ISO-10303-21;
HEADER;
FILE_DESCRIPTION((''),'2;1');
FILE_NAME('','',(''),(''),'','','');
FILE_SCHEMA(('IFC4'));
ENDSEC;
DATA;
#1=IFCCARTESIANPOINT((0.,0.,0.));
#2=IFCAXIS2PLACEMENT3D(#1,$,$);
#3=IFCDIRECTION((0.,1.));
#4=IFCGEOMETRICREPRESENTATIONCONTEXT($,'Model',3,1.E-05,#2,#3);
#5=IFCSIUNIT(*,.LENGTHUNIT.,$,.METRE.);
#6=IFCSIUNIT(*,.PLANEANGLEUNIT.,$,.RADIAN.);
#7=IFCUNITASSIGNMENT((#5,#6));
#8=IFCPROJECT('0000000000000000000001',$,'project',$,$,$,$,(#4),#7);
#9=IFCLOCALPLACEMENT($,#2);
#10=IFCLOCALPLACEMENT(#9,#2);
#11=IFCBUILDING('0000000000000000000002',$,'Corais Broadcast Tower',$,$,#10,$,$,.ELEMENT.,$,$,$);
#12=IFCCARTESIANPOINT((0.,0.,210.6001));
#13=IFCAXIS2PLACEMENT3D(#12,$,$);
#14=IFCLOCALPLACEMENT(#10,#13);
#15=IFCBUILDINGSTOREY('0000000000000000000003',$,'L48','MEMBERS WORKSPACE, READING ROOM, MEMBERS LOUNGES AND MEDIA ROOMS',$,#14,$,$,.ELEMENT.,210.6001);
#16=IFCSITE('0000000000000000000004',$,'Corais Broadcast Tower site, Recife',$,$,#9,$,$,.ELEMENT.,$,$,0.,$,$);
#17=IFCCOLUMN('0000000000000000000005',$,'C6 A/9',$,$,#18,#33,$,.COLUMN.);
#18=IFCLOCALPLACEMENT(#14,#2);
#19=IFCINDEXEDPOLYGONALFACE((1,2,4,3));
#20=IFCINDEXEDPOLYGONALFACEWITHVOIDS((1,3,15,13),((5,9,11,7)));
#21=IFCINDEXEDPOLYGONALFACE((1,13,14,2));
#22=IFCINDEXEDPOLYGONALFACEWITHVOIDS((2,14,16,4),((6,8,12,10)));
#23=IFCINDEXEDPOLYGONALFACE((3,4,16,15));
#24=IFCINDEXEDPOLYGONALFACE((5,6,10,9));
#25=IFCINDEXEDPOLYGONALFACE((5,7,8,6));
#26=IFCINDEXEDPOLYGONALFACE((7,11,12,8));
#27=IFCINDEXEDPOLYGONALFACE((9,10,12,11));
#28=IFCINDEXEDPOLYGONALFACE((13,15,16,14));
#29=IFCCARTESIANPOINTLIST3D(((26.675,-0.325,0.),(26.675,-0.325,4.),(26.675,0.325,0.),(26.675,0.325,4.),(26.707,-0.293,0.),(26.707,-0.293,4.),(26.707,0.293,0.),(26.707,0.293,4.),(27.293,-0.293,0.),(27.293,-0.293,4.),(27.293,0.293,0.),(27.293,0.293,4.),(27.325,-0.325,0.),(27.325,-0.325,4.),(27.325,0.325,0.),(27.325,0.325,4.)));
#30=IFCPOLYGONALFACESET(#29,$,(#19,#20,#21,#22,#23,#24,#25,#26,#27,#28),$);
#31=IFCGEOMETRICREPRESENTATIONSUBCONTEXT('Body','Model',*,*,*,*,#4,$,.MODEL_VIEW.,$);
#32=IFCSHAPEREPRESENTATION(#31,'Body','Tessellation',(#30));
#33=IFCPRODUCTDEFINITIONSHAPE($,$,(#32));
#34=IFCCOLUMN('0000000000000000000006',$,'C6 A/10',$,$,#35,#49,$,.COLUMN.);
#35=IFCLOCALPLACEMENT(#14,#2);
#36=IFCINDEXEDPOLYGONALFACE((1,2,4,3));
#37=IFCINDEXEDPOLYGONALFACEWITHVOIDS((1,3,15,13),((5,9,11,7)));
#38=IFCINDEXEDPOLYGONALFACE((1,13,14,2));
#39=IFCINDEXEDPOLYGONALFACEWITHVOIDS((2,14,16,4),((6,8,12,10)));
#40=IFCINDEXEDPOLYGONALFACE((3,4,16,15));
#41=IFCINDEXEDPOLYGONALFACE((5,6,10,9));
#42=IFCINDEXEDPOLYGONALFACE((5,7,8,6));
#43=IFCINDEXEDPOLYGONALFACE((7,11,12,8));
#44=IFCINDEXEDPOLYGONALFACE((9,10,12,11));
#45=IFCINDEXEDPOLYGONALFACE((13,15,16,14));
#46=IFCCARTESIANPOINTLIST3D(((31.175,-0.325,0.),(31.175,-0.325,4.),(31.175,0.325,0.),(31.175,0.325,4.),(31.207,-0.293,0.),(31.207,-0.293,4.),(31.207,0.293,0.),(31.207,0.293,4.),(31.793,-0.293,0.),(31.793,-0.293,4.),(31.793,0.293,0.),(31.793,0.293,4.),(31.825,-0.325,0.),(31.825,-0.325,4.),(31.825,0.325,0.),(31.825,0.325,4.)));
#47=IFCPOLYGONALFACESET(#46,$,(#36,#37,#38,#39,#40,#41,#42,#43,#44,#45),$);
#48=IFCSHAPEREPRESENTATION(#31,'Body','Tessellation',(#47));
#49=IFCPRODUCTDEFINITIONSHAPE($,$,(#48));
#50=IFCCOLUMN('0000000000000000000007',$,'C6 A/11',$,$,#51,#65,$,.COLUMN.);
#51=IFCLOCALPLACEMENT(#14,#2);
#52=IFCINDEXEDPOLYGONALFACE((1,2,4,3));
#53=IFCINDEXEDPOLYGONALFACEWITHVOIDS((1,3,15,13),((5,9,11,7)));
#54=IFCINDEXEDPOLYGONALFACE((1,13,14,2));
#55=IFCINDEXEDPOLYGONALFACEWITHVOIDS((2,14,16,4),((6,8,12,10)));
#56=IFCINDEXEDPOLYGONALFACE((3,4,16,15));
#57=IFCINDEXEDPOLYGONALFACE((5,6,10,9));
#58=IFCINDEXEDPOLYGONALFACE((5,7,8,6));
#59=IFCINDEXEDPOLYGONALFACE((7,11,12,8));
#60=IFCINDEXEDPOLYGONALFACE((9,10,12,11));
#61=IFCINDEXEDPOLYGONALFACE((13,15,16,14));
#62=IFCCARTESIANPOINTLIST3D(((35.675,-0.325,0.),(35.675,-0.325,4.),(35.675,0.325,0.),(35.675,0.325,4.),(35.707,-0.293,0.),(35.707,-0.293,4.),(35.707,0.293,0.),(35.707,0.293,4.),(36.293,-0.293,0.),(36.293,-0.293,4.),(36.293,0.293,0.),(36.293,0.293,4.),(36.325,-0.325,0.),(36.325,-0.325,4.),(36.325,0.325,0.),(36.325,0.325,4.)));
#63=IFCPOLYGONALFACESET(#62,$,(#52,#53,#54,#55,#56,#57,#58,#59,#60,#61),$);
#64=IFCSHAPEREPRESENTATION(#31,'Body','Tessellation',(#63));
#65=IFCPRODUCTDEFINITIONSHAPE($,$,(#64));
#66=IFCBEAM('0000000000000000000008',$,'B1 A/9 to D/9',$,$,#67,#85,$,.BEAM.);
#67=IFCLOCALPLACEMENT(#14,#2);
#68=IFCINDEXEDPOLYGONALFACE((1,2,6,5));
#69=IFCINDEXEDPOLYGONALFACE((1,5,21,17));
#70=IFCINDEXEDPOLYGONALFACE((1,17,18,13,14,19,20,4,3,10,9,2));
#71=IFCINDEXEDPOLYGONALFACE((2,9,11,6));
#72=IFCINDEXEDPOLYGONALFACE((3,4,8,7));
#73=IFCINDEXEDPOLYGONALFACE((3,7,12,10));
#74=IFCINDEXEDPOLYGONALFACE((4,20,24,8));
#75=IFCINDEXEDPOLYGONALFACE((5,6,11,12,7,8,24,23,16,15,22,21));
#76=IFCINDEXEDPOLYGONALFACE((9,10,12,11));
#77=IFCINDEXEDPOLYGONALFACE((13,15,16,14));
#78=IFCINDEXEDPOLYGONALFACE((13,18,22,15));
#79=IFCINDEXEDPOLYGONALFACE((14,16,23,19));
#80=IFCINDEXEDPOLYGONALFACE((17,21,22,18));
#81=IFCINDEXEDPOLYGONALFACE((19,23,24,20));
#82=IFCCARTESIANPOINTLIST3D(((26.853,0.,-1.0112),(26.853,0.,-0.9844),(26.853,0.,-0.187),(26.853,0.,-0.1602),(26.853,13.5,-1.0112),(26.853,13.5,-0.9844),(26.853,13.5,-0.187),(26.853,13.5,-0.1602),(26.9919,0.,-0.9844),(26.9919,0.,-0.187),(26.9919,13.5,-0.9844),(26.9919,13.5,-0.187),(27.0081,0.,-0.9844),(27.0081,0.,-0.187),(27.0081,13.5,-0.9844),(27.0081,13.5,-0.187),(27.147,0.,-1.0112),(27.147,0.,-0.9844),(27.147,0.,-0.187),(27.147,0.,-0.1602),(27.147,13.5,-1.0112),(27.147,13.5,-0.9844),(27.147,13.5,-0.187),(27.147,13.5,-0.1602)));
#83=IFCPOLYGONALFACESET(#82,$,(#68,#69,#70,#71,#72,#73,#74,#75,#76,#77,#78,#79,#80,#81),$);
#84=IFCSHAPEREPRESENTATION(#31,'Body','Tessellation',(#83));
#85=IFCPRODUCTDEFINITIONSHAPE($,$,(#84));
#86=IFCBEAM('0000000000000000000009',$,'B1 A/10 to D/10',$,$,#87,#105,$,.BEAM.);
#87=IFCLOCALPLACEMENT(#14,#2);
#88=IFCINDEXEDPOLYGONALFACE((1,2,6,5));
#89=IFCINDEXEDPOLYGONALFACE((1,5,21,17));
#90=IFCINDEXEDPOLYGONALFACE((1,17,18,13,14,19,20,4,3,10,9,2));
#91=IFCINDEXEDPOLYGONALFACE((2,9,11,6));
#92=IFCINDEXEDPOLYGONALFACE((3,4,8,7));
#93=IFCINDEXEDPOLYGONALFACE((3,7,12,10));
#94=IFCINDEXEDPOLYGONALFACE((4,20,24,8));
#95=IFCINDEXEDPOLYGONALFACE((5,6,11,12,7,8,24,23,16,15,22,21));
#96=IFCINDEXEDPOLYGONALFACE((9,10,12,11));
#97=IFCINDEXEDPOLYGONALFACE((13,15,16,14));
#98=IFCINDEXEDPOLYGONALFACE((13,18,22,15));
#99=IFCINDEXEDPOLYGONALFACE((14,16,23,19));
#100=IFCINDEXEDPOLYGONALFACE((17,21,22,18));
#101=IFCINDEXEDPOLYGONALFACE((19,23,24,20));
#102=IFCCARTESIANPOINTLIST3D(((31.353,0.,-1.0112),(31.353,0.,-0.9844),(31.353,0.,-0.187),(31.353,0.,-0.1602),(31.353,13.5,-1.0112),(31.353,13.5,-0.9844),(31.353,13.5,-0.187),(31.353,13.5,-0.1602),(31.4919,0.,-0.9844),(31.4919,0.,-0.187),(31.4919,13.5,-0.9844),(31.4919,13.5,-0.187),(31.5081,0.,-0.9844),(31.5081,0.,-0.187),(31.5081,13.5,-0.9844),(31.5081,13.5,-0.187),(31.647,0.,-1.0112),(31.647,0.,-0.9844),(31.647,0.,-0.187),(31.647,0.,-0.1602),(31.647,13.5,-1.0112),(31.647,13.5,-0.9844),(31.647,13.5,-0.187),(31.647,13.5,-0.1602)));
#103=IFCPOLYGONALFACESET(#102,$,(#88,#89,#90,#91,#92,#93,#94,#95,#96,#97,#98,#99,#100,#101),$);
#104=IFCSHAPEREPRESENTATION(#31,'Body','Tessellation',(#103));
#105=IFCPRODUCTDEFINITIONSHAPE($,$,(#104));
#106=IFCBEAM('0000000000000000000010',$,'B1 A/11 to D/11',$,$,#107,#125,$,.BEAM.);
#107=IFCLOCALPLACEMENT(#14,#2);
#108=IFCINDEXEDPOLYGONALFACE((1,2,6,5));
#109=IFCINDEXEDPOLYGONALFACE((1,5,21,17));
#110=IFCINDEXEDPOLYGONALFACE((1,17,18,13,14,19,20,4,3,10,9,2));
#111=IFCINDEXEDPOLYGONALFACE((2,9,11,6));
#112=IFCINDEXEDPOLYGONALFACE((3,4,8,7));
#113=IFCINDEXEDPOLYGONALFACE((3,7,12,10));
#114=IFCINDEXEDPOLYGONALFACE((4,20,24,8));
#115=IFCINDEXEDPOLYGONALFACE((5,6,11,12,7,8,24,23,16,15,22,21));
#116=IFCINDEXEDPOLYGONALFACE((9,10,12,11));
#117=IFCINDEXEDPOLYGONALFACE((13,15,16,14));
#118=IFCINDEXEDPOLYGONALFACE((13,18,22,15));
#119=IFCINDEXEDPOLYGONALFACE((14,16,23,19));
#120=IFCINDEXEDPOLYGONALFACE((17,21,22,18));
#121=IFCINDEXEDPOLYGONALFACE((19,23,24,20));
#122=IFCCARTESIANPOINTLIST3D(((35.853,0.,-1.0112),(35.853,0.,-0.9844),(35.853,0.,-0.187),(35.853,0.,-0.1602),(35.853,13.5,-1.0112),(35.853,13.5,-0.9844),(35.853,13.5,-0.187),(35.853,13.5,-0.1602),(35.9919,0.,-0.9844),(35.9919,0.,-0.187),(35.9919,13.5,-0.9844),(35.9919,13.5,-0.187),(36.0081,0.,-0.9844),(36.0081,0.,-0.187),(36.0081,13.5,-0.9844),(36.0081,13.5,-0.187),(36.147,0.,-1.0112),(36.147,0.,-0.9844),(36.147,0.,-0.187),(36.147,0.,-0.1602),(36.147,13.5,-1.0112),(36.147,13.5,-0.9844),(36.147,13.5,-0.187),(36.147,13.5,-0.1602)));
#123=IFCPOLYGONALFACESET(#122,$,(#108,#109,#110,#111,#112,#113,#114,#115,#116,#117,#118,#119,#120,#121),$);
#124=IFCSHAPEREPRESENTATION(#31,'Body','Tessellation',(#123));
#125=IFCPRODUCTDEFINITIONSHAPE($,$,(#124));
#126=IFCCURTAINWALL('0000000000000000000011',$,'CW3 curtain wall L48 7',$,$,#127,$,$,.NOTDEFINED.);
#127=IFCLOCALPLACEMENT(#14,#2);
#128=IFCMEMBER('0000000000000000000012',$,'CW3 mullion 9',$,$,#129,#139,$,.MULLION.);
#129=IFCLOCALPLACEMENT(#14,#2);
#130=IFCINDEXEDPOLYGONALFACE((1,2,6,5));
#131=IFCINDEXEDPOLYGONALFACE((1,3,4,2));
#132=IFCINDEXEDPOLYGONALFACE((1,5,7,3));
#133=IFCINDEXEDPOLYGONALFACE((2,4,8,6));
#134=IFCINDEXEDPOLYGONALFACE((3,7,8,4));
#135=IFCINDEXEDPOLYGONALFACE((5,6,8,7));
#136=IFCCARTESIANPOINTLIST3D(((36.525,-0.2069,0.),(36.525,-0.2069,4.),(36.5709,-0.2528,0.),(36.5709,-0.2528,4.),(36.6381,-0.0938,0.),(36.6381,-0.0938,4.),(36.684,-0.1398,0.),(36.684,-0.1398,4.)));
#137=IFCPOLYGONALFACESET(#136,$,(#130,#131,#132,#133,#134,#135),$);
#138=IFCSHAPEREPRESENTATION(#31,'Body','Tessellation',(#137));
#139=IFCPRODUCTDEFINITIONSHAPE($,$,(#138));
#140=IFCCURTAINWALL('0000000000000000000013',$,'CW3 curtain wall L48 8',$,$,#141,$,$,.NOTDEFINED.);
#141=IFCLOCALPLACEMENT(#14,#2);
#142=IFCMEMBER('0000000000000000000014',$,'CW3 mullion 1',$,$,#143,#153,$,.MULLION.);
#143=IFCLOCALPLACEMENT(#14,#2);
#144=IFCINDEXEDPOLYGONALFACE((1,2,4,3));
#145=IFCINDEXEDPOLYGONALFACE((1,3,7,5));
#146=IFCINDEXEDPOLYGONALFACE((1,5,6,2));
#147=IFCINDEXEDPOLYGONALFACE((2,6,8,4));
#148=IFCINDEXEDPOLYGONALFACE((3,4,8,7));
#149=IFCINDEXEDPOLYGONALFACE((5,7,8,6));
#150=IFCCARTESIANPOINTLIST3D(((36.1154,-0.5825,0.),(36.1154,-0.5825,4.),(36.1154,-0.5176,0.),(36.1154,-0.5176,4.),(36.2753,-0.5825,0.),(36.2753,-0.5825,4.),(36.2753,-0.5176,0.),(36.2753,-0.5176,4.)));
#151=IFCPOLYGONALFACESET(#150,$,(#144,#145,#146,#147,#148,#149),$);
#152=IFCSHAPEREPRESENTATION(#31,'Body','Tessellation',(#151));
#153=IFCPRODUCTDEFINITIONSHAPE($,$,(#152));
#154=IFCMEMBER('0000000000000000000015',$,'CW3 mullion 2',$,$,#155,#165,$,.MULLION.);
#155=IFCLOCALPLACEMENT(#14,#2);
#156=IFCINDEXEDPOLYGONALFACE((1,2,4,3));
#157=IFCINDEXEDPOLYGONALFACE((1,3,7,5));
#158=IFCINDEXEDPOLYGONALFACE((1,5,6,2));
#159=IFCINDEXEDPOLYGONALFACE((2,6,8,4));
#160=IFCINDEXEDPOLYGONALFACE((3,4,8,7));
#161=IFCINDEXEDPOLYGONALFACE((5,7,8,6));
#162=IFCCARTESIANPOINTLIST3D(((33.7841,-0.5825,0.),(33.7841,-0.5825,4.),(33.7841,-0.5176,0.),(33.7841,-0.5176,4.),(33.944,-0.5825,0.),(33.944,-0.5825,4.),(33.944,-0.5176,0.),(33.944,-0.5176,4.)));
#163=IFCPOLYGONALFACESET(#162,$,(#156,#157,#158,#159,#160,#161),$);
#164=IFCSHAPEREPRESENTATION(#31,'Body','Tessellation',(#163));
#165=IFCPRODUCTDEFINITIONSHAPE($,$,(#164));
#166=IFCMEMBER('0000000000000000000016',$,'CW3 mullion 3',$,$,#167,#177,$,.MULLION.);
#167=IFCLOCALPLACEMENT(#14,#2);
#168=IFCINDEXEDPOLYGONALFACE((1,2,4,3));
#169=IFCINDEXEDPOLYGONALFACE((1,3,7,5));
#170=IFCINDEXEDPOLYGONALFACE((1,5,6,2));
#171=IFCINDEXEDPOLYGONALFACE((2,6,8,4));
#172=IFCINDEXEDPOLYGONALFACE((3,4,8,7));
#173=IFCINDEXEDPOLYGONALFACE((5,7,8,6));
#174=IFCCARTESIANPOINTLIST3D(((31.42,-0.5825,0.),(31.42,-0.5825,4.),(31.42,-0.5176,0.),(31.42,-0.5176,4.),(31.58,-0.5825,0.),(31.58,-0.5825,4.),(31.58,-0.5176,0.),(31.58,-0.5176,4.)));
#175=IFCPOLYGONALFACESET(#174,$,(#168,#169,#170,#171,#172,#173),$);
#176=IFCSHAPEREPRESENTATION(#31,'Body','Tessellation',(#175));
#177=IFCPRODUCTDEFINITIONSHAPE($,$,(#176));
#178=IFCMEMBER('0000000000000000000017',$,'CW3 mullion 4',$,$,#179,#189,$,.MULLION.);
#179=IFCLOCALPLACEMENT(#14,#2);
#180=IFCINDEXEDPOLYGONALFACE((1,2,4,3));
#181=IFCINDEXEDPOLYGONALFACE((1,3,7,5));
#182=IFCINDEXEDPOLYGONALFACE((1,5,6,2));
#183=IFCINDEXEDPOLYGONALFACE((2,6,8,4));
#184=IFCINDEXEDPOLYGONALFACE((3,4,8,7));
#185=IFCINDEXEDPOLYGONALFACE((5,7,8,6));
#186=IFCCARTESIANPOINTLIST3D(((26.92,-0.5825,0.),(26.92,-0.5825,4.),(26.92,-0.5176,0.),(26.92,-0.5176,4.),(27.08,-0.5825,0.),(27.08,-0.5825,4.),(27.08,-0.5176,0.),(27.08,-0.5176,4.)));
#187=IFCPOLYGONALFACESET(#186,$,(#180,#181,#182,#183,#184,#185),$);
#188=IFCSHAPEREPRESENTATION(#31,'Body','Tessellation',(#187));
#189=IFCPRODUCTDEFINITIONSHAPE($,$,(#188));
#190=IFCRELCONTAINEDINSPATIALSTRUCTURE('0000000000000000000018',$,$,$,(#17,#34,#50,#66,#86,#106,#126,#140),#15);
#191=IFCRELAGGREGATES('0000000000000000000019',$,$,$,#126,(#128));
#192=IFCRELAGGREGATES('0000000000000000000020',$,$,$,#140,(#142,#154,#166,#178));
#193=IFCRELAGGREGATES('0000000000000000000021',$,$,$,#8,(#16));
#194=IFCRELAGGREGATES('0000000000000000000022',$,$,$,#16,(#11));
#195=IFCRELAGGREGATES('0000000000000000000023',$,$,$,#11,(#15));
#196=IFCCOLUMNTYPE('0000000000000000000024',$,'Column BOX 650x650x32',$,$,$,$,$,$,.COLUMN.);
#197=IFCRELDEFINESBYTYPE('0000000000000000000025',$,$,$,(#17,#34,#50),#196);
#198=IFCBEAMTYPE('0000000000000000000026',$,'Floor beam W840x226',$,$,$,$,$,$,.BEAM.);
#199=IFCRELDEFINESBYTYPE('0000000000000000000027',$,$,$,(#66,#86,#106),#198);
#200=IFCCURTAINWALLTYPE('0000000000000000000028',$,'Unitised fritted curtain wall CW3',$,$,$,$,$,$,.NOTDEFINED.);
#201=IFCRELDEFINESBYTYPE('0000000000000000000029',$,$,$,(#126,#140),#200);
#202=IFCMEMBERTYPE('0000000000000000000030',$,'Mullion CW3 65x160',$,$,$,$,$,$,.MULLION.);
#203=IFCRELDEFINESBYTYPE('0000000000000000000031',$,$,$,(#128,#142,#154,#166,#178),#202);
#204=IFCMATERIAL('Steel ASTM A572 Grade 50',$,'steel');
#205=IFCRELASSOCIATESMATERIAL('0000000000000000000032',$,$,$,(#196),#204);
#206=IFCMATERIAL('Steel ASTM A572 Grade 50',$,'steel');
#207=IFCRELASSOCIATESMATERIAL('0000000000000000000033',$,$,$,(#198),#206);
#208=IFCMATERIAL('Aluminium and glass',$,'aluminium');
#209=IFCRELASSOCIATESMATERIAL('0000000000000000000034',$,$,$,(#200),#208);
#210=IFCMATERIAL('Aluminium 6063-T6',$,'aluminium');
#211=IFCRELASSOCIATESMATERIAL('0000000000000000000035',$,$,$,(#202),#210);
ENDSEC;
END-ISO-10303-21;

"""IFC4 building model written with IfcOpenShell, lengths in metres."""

from ifc_helpers import new_model, si_unit, direction, frame, origin, origin_2d, place, context, subcontext, project, spatial, rectangle, hollow_rectangle, i_section, extrude, material, material_profile, profile_set, type_object, element, aggregate, save


model = new_model("IFC4")

# Units and contexts
model_context = context("Model", 3, precision=1e-05, world=origin(), true_north=direction((0.0, 1.0)))
body_context = subcontext(model_context, "Body", "Model", "MODEL_VIEW")
ifc_project = project(units=[si_unit("LENGTHUNIT", "METRE"), si_unit("PLANEANGLEUNIT", "RADIAN")], contexts=[model_context])

# Site, building, storey
site_placement = place(None, origin())
site = spatial("IfcSite", under=ifc_project, at=site_placement, Name="Corais Broadcast Tower site, Recife", CompositionType="ELEMENT", RefElevation=0.0)
building_placement = place(site_placement, origin())
building = spatial("IfcBuilding", under=site, at=building_placement, Name="Corais Broadcast Tower", CompositionType="ELEMENT")
storey_placement = place(building_placement, frame((0.0, 0.0, 210.6001)))
storey = spatial("IfcBuildingStorey", under=building, at=storey_placement, Name="L48", Description="MEMBERS WORKSPACE, READING ROOM, MEMBERS LOUNGES AND MEDIA ROOMS", CompositionType="ELEMENT", Elevation=210.6001)

# Columns
ifc_material_1 = material(Name="Steel ASTM A572 Grade 50", Category="steel")
ifc_material_profile_1 = material_profile(ifc_material_1, hollow_rectangle(XDim=0.6499, YDim=0.6499, WallThickness=0.032, at=origin_2d()), Name="BOX 650x650x32")
ifc_profile_set_1 = profile_set([ifc_material_profile_1], Name="Steel ASTM A572 Grade 50")
column_type = type_object("IfcColumnType", Name="Column BOX 650x650x32", PredefinedType="COLUMN", material=ifc_profile_set_1)
for number, where, z_axis, x_axis, name in (
    (1, (27.0, 0.0, 0.0), (0.0, 0.0, 1.0), (1.0, 0.0, 0.0), "C6 A/9"),
    (2, (31.5, 0.0, 0.0), (0.0, 0.0, 1.0), (1.0, 0.0, 0.0), "C6 A/10"),
    (3, (36.0, 0.0, 0.0), (0.0, 0.0, 1.0), (1.0, 0.0, 0.0), "C6 A/11"),
):
    element("IfcColumn", number, at=place(storey_placement, frame(where, z_axis=z_axis, x_axis=x_axis)), inside=storey, type_object=column_type, Name=name, PredefinedType="COLUMN", context=body_context, shape_type="SweptSolid", body=[
        extrude(hollow_rectangle(XDim=0.6499, YDim=0.6499, WallThickness=0.032, at=origin_2d()), origin(), (0.0, 0.0, 1.0), 4.0),
    ])

# Beams
ifc_material_2 = material(Name="Steel ASTM A572 Grade 50", Category="steel")
ifc_material_profile_2 = material_profile(ifc_material_2, i_section(OverallWidth=0.2939, OverallDepth=0.8511, WebThickness=0.0161, FlangeThickness=0.0269, at=origin_2d()), Name="W840x226")
ifc_profile_set_2 = profile_set([ifc_material_profile_2], Name="Steel ASTM A572 Grade 50")
beam_type_1 = type_object("IfcBeamType", Name="Floor beam W840x226", PredefinedType="BEAM", material=ifc_profile_set_2)
for number, where, z_axis, x_axis, name in (
    (4, (27.0, 0.0, -0.5857), (0.0, 1.0, 0.0), (-1.0, 0.0, 0.0), "B1 A/9 to D/9"),
    (5, (31.5, 0.0, -0.5857), (0.0, 1.0, 0.0), (-1.0, 0.0, 0.0), "B1 A/10 to D/10"),
    (6, (36.0, 0.0, -0.5857), (0.0, 1.0, 0.0), (-1.0, 0.0, 0.0), "B1 A/11 to D/11"),
):
    element("IfcBeam", number, at=place(storey_placement, frame(where, z_axis=z_axis, x_axis=x_axis)), inside=storey, type_object=beam_type_1, Name=name, PredefinedType="BEAM", context=body_context, shape_type="SweptSolid", body=[
        extrude(i_section(OverallWidth=0.2939, OverallDepth=0.8511, WebThickness=0.0161, FlangeThickness=0.0269, at=origin_2d()), origin(), (0.0, 0.0, 1.0), 13.5),
    ])

# Curtain wall, member
ifc_material_3 = material(Name="Aluminium and glass", Category="aluminium")
curtain_wall_type = type_object("IfcCurtainWallType", Name="Unitised fritted curtain wall CW3", PredefinedType="NOTDEFINED", material=ifc_material_3)
curtain_wall_1_placement = place(storey_placement, origin())
curtain_wall_1 = element("IfcCurtainWall", 7, at=curtain_wall_1_placement, inside=storey, type_object=curtain_wall_type, Name="CW3 curtain wall L48 7", PredefinedType="NOTDEFINED")
ifc_material_4 = material(Name="Aluminium 6063-T6", Category="aluminium")
ifc_material_profile_3 = material_profile(ifc_material_4, rectangle(XDim=0.0649, YDim=0.1599, at=origin_2d()), Name="Mullion CW3 65x160")
ifc_profile_set_3 = profile_set([ifc_material_profile_3], Name="Aluminium 6063-T6")
member_type_1 = type_object("IfcMemberType", Name="Mullion CW3 65x160", PredefinedType="MULLION", material=ifc_profile_set_3)
member_1_placement = place(storey_placement, frame((36.6045, -0.1733, 0.0), z_axis=(0.0, 0.0, 1.0), x_axis=(0.707107, -0.707107, 0.0)))
member_1 = element("IfcMember", 8, at=member_1_placement, type_object=member_type_1, Name="CW3 mullion 9", PredefinedType="MULLION", context=body_context, shape_type="SweptSolid", body=[
    extrude(rectangle(XDim=0.0649, YDim=0.1599, at=origin_2d()), origin(), (0.0, 0.0, 1.0), 4.0),
])

# Curtain wall, members
curtain_wall_2_placement = place(storey_placement, origin())
curtain_wall_2 = element("IfcCurtainWall", 9, at=curtain_wall_2_placement, inside=storey, type_object=curtain_wall_type, Name="CW3 curtain wall L48 8", PredefinedType="NOTDEFINED")
member_2_placement = place(storey_placement, frame((36.1953, -0.55, 0.0), z_axis=(0.0, 0.0, 1.0), x_axis=(0.0, -1.0, 0.0)))
member_2 = element("IfcMember", 10, at=member_2_placement, type_object=member_type_1, Name="CW3 mullion 1", PredefinedType="MULLION", context=body_context, shape_type="SweptSolid", body=[
    extrude(rectangle(XDim=0.0649, YDim=0.1599, at=origin_2d()), origin(), (0.0, 0.0, 1.0), 4.0),
])
member_3_placement = place(storey_placement, frame((33.864, -0.55, 0.0), z_axis=(0.0, 0.0, 1.0), x_axis=(0.0, -1.0, 0.0)))
member_3 = element("IfcMember", 11, at=member_3_placement, type_object=member_type_1, Name="CW3 mullion 2", PredefinedType="MULLION", context=body_context, shape_type="SweptSolid", body=[
    extrude(rectangle(XDim=0.0649, YDim=0.1599, at=origin_2d()), origin(), (0.0, 0.0, 1.0), 4.0),
])
member_4_placement = place(storey_placement, frame((31.5, -0.55, 0.0), z_axis=(0.0, 0.0, 1.0), x_axis=(0.0, -1.0, 0.0)))
member_4 = element("IfcMember", 12, at=member_4_placement, type_object=member_type_1, Name="CW3 mullion 3", PredefinedType="MULLION", context=body_context, shape_type="SweptSolid", body=[
    extrude(rectangle(XDim=0.0649, YDim=0.1599, at=origin_2d()), origin(), (0.0, 0.0, 1.0), 4.0),
])
member_5_placement = place(storey_placement, frame((27.0, -0.55, 0.0), z_axis=(0.0, 0.0, 1.0), x_axis=(0.0, -1.0, 0.0)))
member_5 = element("IfcMember", 13, at=member_5_placement, type_object=member_type_1, Name="CW3 mullion 4", PredefinedType="MULLION", context=body_context, shape_type="SweptSolid", body=[
    extrude(rectangle(XDim=0.0649, YDim=0.1599, at=origin_2d()), origin(), (0.0, 0.0, 1.0), 4.0),
])

aggregate(curtain_wall_1, [member_1])
aggregate(curtain_wall_2, [member_2, member_3, member_4, member_5])

save(model, "model.ifc")
